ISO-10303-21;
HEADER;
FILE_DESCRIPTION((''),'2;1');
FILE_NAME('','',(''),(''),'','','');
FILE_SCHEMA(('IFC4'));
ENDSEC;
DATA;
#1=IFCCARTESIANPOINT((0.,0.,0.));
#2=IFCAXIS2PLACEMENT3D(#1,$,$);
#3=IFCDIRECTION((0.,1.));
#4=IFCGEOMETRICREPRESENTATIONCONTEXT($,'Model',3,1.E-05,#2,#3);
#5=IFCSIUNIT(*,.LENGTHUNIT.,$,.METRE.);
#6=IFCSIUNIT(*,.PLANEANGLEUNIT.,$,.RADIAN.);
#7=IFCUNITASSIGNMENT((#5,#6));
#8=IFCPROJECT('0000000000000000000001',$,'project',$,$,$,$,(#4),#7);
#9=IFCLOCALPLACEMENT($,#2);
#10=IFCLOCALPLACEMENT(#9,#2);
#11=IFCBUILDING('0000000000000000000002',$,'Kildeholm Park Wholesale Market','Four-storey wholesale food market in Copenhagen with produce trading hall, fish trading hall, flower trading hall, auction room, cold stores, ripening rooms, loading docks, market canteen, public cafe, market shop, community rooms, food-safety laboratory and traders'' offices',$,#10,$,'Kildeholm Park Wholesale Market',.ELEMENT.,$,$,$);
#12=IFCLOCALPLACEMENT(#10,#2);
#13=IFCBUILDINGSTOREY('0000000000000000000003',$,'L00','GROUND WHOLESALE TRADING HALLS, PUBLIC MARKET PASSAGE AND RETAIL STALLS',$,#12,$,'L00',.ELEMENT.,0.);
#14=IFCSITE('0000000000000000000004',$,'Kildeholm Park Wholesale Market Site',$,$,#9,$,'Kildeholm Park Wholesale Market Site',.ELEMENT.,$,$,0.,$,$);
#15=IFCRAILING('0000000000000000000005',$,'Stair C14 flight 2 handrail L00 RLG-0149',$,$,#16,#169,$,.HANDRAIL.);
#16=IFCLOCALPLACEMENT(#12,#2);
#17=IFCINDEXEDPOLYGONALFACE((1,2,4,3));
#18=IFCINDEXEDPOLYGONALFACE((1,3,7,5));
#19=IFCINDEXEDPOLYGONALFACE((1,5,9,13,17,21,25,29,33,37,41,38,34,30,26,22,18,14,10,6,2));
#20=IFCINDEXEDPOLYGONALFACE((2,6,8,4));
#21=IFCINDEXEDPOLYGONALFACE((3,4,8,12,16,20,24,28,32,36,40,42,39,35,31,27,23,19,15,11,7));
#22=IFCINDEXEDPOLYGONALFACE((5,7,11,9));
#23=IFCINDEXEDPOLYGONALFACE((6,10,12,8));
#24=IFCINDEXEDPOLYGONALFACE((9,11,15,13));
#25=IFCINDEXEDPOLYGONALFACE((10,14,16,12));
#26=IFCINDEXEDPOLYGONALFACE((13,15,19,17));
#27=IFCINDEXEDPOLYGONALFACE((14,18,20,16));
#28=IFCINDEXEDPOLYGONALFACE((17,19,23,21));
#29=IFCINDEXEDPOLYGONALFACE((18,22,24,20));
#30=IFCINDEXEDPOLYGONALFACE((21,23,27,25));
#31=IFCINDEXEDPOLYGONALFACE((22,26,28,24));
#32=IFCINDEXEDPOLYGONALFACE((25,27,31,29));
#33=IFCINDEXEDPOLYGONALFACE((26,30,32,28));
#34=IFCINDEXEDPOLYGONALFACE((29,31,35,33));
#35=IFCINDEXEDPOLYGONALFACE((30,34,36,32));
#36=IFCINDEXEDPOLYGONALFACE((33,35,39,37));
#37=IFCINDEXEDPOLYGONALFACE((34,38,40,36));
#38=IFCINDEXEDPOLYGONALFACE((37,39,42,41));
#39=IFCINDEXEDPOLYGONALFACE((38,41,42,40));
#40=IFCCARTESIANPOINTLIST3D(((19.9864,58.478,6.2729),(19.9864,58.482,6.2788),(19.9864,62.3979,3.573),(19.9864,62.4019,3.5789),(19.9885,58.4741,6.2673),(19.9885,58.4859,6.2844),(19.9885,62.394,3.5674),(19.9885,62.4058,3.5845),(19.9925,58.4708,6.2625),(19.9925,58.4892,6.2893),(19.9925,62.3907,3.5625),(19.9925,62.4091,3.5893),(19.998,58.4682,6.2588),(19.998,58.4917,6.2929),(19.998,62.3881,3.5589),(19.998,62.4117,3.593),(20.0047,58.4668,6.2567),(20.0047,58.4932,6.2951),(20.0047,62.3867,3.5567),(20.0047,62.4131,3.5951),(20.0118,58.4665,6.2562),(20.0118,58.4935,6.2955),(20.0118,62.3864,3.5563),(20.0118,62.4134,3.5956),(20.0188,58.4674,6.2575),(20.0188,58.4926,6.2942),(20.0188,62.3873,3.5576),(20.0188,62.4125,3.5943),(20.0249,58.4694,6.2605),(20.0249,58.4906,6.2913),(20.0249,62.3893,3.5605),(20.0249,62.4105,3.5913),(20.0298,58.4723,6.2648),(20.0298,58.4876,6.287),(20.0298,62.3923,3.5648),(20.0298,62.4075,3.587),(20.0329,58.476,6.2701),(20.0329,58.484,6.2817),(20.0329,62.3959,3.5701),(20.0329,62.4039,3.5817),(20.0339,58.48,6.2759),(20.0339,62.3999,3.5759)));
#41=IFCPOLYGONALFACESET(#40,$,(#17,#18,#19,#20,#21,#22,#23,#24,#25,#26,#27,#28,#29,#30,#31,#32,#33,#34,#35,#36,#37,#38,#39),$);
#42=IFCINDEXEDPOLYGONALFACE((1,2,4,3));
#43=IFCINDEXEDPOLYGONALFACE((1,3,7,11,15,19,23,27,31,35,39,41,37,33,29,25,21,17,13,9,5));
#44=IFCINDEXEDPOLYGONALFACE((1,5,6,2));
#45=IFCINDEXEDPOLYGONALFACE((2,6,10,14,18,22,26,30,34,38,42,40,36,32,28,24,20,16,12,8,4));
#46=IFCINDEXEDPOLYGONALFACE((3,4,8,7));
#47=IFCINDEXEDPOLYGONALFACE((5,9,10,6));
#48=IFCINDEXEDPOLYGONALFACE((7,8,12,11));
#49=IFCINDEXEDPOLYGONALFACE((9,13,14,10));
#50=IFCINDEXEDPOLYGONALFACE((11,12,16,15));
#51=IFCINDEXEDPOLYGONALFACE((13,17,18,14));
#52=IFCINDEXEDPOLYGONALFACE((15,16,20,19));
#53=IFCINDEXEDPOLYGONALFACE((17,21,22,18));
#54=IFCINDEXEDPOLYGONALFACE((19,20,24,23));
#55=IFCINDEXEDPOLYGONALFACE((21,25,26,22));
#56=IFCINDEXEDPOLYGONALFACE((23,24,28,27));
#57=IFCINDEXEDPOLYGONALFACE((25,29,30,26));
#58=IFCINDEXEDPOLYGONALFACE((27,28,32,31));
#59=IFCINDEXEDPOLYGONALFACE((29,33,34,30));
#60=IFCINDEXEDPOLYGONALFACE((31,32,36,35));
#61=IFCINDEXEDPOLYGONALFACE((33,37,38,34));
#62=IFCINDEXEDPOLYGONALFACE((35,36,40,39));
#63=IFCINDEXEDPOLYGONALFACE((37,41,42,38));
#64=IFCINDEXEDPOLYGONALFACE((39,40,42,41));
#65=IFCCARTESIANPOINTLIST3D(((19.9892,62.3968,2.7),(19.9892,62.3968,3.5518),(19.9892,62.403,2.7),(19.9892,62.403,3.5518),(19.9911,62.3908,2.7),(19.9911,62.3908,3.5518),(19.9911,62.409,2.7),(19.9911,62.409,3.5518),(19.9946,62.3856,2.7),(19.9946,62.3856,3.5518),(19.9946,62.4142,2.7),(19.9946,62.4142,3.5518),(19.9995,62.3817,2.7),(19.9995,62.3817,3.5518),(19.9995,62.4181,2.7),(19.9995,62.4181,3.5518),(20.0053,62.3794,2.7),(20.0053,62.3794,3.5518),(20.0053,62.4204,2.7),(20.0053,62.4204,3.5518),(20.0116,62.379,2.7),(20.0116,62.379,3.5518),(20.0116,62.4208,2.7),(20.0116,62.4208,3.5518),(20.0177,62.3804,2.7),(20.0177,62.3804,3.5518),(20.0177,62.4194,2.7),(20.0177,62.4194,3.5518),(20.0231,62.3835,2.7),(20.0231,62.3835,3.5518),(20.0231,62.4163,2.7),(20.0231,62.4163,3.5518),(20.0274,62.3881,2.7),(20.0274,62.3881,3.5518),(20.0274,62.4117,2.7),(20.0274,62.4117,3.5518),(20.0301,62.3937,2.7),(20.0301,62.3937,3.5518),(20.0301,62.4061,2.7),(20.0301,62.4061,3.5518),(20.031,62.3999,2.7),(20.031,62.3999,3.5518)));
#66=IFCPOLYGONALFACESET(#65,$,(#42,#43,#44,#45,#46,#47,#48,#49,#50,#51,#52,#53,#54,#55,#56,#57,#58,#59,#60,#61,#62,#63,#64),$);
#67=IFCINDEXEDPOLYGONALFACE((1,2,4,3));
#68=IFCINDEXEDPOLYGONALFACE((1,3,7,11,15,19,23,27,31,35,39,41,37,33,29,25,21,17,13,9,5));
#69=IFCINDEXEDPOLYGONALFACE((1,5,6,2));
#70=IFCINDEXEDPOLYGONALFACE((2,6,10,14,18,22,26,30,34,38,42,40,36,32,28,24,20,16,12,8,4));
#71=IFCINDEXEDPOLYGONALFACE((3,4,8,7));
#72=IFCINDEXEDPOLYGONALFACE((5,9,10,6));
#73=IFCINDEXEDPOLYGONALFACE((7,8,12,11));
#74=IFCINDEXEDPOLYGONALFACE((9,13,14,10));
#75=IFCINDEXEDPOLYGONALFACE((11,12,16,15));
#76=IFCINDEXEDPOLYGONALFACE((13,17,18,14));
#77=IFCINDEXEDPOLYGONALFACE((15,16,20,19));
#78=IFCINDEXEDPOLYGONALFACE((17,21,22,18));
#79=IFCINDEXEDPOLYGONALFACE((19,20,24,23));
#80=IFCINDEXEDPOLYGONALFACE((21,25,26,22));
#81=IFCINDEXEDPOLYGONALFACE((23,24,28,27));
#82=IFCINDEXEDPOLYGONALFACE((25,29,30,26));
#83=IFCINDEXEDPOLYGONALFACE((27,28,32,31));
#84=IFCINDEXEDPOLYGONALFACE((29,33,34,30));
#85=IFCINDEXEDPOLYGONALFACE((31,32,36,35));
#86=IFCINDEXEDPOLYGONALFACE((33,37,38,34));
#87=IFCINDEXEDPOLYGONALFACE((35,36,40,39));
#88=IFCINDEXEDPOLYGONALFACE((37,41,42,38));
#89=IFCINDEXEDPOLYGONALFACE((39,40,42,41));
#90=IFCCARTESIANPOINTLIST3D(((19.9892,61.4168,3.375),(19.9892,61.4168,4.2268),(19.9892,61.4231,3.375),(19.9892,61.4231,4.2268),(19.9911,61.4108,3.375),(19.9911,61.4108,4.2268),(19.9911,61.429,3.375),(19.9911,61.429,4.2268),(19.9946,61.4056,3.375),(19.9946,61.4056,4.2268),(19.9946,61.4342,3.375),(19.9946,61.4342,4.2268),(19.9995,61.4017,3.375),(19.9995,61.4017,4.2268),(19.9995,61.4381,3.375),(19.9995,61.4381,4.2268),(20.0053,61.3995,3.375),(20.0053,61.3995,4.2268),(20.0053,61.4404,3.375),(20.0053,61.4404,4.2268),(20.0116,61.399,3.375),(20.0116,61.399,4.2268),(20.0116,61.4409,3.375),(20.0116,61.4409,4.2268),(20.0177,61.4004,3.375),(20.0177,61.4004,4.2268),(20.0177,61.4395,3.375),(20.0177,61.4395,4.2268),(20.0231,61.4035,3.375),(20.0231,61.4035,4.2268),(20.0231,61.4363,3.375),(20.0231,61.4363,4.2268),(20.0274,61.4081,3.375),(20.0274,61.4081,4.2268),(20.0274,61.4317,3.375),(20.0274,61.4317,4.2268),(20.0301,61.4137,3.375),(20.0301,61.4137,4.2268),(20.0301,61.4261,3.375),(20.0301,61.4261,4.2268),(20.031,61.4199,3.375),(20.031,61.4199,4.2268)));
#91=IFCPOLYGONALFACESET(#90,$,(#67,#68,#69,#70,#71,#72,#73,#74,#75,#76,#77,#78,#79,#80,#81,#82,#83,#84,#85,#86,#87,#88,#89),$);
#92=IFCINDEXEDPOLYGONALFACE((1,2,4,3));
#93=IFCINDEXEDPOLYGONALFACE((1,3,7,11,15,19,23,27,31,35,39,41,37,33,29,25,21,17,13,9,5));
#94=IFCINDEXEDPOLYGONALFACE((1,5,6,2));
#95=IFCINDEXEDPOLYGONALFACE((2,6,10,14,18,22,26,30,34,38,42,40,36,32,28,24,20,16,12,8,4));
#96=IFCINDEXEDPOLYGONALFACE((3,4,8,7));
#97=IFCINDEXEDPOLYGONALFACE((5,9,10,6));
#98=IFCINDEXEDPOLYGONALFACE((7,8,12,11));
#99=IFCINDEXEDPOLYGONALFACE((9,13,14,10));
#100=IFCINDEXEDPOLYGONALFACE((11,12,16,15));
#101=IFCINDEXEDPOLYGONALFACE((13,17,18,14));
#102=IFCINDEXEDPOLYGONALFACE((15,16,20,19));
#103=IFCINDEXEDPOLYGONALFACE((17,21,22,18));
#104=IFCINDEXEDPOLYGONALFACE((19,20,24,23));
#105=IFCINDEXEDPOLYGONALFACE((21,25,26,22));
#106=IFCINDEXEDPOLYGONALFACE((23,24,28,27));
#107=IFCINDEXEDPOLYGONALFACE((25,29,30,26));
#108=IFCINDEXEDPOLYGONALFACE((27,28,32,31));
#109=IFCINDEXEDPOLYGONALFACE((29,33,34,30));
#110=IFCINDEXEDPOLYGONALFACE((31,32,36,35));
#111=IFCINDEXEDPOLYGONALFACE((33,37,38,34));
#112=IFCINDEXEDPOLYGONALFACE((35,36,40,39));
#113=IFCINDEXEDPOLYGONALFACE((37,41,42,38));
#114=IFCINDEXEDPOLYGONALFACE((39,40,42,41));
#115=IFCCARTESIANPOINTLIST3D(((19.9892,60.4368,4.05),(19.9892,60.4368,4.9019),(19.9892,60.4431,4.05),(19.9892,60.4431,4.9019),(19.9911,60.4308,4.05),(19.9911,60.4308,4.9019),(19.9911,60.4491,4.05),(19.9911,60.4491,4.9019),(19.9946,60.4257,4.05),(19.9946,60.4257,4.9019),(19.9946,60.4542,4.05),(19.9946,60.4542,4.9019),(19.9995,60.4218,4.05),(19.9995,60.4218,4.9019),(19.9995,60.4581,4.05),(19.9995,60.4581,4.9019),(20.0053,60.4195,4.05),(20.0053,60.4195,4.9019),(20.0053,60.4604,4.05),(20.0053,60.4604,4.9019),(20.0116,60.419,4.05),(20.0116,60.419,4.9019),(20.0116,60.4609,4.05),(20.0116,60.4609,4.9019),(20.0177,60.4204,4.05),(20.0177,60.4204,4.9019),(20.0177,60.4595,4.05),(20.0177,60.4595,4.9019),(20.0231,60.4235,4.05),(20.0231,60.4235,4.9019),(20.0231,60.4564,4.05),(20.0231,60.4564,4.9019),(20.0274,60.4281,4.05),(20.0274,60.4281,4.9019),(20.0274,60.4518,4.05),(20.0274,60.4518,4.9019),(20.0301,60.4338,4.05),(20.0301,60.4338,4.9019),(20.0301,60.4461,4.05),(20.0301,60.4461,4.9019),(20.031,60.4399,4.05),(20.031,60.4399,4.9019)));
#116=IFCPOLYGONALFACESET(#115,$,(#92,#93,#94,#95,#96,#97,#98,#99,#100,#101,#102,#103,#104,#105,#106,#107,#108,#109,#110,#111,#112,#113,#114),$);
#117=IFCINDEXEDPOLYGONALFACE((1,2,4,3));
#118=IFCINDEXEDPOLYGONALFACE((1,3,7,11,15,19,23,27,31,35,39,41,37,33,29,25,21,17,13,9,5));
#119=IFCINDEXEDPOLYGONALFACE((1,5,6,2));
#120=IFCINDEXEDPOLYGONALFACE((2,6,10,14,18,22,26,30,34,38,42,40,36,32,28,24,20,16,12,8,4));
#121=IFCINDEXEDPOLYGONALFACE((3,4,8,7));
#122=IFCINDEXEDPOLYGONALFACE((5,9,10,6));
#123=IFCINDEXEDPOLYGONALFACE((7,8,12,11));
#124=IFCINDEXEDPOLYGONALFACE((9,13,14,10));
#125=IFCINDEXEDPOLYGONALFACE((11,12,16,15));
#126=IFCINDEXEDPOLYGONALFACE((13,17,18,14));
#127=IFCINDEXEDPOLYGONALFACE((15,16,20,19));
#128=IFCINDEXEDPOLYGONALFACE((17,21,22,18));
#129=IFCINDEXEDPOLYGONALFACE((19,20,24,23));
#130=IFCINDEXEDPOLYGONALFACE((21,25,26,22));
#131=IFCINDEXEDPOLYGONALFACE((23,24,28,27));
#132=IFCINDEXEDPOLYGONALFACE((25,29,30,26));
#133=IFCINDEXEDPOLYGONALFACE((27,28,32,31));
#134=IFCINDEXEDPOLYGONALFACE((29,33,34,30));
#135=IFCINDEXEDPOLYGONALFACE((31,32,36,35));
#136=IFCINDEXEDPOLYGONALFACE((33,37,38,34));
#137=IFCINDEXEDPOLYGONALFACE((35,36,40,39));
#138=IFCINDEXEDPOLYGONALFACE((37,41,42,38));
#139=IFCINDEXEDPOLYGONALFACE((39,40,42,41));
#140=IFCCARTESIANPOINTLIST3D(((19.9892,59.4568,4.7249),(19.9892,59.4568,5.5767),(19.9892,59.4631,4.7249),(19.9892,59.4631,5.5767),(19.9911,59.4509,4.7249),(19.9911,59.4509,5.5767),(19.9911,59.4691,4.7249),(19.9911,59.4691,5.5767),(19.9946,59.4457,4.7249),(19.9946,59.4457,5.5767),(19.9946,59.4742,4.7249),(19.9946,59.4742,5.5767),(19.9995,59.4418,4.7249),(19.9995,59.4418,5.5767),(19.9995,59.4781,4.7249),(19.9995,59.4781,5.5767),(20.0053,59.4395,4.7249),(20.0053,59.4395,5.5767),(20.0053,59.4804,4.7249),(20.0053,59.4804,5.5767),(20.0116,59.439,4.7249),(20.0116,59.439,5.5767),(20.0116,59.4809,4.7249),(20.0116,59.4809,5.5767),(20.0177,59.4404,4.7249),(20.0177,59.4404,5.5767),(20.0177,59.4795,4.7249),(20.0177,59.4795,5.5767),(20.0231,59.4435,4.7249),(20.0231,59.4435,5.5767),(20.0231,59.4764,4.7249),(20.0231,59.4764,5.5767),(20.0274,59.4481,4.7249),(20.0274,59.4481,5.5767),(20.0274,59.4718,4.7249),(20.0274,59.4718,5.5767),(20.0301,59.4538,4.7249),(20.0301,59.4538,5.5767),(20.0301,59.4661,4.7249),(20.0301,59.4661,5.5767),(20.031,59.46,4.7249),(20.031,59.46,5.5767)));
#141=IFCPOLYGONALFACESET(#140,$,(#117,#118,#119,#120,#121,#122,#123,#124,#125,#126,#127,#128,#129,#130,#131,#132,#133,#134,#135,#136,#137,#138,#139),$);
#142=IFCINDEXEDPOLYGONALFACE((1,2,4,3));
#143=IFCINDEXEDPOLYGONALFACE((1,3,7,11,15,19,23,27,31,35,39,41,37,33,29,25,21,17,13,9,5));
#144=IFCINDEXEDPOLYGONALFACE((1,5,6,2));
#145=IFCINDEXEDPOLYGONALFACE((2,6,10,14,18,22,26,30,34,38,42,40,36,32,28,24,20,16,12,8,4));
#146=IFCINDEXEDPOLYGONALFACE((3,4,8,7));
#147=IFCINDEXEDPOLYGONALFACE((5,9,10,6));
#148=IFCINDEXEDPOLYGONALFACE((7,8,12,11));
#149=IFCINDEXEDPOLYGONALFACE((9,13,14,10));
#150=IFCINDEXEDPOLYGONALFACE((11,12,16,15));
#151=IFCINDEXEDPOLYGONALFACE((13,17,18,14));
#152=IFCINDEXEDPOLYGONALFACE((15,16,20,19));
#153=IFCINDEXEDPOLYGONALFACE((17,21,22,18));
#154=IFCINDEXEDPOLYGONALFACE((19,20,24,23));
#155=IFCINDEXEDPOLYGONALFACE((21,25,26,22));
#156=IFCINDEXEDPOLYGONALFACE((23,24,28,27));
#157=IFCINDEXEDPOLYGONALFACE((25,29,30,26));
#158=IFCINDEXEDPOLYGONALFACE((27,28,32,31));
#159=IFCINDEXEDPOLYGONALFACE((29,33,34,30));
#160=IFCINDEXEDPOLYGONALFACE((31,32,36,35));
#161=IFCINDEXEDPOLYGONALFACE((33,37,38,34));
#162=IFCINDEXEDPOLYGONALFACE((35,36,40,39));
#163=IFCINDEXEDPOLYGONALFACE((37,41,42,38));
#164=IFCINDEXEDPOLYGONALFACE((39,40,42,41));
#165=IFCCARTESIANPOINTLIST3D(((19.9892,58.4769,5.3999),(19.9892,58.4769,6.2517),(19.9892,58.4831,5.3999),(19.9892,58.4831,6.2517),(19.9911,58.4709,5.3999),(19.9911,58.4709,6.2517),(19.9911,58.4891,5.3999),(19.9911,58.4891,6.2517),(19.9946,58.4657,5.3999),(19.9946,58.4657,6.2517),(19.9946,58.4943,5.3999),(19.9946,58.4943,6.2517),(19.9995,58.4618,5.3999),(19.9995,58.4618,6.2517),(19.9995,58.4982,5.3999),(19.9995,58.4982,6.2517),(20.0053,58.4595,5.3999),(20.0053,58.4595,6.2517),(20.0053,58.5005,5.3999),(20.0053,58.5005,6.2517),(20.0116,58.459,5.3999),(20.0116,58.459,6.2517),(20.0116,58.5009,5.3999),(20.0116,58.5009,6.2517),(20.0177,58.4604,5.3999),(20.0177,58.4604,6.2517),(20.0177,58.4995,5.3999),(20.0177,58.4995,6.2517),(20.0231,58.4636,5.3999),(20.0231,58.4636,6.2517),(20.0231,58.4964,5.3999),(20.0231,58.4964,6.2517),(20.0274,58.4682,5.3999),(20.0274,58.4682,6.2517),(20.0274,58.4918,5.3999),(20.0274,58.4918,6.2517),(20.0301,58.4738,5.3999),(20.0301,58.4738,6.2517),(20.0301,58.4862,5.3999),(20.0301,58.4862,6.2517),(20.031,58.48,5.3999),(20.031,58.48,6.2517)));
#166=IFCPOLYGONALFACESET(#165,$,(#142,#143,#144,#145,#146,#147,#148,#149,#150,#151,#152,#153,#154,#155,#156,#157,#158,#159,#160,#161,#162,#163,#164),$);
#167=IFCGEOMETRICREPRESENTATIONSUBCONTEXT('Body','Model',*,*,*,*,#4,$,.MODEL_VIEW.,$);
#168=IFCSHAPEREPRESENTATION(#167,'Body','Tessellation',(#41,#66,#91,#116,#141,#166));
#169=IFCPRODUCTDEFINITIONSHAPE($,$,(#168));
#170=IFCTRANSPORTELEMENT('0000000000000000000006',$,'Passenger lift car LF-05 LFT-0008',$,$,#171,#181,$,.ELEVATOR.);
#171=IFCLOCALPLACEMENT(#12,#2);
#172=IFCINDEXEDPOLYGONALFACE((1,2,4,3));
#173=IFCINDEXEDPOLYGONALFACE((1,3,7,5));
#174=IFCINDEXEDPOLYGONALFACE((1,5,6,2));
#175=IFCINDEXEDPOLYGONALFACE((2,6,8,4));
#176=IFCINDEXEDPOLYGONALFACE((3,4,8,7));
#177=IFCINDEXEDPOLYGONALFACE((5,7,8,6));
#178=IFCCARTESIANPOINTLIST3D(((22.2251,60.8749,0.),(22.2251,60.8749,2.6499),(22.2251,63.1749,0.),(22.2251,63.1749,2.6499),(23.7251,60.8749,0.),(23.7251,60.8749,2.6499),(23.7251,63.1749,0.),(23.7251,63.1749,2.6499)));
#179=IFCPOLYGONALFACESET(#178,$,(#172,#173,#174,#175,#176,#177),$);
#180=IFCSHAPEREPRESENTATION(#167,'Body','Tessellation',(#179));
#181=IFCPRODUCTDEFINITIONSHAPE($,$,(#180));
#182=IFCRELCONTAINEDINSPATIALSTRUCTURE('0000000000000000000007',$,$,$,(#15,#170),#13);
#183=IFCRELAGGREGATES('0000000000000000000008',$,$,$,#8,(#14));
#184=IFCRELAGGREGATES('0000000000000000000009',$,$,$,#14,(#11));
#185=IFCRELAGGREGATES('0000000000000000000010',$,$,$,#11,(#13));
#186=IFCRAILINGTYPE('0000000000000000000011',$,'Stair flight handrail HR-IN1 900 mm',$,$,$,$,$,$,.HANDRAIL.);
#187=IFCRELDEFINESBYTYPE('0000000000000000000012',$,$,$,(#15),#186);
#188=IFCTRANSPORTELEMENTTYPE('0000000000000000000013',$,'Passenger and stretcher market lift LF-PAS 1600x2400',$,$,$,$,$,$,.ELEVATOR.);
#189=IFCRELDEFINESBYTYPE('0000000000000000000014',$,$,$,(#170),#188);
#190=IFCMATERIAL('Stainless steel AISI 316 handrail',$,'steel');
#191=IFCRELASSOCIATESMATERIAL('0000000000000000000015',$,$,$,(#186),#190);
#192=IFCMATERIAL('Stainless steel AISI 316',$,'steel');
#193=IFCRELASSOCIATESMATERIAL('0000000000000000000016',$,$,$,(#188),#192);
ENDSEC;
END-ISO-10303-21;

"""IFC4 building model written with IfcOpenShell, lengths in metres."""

from ifc_helpers import new_model, si_unit, direction, frame, origin, origin_2d, place, context, subcontext, project, spatial, rectangle, circle, extrude, material, type_object, element, save


model = new_model("IFC4")

# Units and contexts
model_context = context("Model", 3, precision=1e-05, world=origin(), true_north=direction((0.0, 1.0)))
body_context = subcontext(model_context, "Body", "Model", "MODEL_VIEW")
ifc_project = project(units=[si_unit("LENGTHUNIT", "METRE"), si_unit("PLANEANGLEUNIT", "RADIAN")], contexts=[model_context])

# Site, building, storey
site_placement = place(None, origin())
site = spatial("IfcSite", under=ifc_project, at=site_placement, Name="Kildeholm Park Wholesale Market Site", LongName="Kildeholm Park Wholesale Market Site", CompositionType="ELEMENT", RefElevation=0.0)
building_placement = place(site_placement, origin())
building = spatial("IfcBuilding", under=site, at=building_placement, Name="Kildeholm Park Wholesale Market", Description="Four-storey wholesale food market in Copenhagen with produce trading hall, fish trading hall, flower trading hall, auction room, cold stores, ripening rooms, loading docks, market canteen, public cafe, market shop, community rooms, food-safety laboratory and traders' offices", LongName="Kildeholm Park Wholesale Market", CompositionType="ELEMENT")
storey_placement = place(building_placement, origin())
storey = spatial("IfcBuildingStorey", under=building, at=storey_placement, Name="L00", Description="GROUND WHOLESALE TRADING HALLS, PUBLIC MARKET PASSAGE AND RETAIL STALLS", LongName="L00", CompositionType="ELEMENT", Elevation=0.0)

# Railing
ifc_material_1 = material(Name="Stainless steel AISI 316 handrail", Category="steel")
railing_type_1 = type_object("IfcRailingType", Name="Stair flight handrail HR-IN1 900 mm", PredefinedType="HANDRAIL", material=ifc_material_1)
railing_1_placement = place(storey_placement, frame((20.01, 62.3999, 2.7)))
element("IfcRailing", 1, at=railing_1_placement, inside=storey, type_object=railing_type_1, Name="Stair C14 flight 2 handrail L00 RLG-0149", PredefinedType="HANDRAIL", context=body_context, shape_type="SweptSolid", body=[
    extrude(circle(Radius=0.0239, at=origin_2d()), frame((0.0, 0.0, 0.876), z_axis=(0.0, -0.823551, 0.567243), x_axis=(1.0, 0.0, 0.0)), (0.0, 0.0, 1.0), 4.7598),
    extrude(circle(Radius=0.021, at=origin_2d()), origin(), (0.0, 0.0, 1.0), 0.8518),
    extrude(circle(Radius=0.021, at=origin_2d()), frame((0.0, -0.98, 0.675)), (0.0, 0.0, 1.0), 0.8518),
    extrude(circle(Radius=0.021, at=origin_2d()), frame((0.0, -1.96, 1.3501)), (0.0, 0.0, 1.0), 0.8518),
    extrude(circle(Radius=0.021, at=origin_2d()), frame((0.0, -2.9399, 2.0249)), (0.0, 0.0, 1.0), 0.8518),
    extrude(circle(Radius=0.021, at=origin_2d()), frame((0.0, -3.9199, 2.7)), (0.0, 0.0, 1.0), 0.8518),
])

# Transport element
ifc_material_2 = material(Name="Stainless steel AISI 316", Category="steel")
transport_element_type = type_object("IfcTransportElementType", Name="Passenger and stretcher market lift LF-PAS 1600x2400", PredefinedType="ELEVATOR", material=ifc_material_2)
transport_element_placement = place(storey_placement, frame((22.9751, 62.0249, 0.0), z_axis=(0.0, 0.0, 1.0), x_axis=(1.0, 0.0, 0.0)))
element("IfcTransportElement", 2, at=transport_element_placement, inside=storey, type_object=transport_element_type, Name="Passenger lift car LF-05 LFT-0008", PredefinedType="ELEVATOR", context=body_context, shape_type="SweptSolid", body=[
    extrude(rectangle(XDim=1.5, YDim=2.3, at=origin_2d()), origin(), (0.0, 0.0, 1.0), 2.6499),
])

save(model, "model.ifc")
